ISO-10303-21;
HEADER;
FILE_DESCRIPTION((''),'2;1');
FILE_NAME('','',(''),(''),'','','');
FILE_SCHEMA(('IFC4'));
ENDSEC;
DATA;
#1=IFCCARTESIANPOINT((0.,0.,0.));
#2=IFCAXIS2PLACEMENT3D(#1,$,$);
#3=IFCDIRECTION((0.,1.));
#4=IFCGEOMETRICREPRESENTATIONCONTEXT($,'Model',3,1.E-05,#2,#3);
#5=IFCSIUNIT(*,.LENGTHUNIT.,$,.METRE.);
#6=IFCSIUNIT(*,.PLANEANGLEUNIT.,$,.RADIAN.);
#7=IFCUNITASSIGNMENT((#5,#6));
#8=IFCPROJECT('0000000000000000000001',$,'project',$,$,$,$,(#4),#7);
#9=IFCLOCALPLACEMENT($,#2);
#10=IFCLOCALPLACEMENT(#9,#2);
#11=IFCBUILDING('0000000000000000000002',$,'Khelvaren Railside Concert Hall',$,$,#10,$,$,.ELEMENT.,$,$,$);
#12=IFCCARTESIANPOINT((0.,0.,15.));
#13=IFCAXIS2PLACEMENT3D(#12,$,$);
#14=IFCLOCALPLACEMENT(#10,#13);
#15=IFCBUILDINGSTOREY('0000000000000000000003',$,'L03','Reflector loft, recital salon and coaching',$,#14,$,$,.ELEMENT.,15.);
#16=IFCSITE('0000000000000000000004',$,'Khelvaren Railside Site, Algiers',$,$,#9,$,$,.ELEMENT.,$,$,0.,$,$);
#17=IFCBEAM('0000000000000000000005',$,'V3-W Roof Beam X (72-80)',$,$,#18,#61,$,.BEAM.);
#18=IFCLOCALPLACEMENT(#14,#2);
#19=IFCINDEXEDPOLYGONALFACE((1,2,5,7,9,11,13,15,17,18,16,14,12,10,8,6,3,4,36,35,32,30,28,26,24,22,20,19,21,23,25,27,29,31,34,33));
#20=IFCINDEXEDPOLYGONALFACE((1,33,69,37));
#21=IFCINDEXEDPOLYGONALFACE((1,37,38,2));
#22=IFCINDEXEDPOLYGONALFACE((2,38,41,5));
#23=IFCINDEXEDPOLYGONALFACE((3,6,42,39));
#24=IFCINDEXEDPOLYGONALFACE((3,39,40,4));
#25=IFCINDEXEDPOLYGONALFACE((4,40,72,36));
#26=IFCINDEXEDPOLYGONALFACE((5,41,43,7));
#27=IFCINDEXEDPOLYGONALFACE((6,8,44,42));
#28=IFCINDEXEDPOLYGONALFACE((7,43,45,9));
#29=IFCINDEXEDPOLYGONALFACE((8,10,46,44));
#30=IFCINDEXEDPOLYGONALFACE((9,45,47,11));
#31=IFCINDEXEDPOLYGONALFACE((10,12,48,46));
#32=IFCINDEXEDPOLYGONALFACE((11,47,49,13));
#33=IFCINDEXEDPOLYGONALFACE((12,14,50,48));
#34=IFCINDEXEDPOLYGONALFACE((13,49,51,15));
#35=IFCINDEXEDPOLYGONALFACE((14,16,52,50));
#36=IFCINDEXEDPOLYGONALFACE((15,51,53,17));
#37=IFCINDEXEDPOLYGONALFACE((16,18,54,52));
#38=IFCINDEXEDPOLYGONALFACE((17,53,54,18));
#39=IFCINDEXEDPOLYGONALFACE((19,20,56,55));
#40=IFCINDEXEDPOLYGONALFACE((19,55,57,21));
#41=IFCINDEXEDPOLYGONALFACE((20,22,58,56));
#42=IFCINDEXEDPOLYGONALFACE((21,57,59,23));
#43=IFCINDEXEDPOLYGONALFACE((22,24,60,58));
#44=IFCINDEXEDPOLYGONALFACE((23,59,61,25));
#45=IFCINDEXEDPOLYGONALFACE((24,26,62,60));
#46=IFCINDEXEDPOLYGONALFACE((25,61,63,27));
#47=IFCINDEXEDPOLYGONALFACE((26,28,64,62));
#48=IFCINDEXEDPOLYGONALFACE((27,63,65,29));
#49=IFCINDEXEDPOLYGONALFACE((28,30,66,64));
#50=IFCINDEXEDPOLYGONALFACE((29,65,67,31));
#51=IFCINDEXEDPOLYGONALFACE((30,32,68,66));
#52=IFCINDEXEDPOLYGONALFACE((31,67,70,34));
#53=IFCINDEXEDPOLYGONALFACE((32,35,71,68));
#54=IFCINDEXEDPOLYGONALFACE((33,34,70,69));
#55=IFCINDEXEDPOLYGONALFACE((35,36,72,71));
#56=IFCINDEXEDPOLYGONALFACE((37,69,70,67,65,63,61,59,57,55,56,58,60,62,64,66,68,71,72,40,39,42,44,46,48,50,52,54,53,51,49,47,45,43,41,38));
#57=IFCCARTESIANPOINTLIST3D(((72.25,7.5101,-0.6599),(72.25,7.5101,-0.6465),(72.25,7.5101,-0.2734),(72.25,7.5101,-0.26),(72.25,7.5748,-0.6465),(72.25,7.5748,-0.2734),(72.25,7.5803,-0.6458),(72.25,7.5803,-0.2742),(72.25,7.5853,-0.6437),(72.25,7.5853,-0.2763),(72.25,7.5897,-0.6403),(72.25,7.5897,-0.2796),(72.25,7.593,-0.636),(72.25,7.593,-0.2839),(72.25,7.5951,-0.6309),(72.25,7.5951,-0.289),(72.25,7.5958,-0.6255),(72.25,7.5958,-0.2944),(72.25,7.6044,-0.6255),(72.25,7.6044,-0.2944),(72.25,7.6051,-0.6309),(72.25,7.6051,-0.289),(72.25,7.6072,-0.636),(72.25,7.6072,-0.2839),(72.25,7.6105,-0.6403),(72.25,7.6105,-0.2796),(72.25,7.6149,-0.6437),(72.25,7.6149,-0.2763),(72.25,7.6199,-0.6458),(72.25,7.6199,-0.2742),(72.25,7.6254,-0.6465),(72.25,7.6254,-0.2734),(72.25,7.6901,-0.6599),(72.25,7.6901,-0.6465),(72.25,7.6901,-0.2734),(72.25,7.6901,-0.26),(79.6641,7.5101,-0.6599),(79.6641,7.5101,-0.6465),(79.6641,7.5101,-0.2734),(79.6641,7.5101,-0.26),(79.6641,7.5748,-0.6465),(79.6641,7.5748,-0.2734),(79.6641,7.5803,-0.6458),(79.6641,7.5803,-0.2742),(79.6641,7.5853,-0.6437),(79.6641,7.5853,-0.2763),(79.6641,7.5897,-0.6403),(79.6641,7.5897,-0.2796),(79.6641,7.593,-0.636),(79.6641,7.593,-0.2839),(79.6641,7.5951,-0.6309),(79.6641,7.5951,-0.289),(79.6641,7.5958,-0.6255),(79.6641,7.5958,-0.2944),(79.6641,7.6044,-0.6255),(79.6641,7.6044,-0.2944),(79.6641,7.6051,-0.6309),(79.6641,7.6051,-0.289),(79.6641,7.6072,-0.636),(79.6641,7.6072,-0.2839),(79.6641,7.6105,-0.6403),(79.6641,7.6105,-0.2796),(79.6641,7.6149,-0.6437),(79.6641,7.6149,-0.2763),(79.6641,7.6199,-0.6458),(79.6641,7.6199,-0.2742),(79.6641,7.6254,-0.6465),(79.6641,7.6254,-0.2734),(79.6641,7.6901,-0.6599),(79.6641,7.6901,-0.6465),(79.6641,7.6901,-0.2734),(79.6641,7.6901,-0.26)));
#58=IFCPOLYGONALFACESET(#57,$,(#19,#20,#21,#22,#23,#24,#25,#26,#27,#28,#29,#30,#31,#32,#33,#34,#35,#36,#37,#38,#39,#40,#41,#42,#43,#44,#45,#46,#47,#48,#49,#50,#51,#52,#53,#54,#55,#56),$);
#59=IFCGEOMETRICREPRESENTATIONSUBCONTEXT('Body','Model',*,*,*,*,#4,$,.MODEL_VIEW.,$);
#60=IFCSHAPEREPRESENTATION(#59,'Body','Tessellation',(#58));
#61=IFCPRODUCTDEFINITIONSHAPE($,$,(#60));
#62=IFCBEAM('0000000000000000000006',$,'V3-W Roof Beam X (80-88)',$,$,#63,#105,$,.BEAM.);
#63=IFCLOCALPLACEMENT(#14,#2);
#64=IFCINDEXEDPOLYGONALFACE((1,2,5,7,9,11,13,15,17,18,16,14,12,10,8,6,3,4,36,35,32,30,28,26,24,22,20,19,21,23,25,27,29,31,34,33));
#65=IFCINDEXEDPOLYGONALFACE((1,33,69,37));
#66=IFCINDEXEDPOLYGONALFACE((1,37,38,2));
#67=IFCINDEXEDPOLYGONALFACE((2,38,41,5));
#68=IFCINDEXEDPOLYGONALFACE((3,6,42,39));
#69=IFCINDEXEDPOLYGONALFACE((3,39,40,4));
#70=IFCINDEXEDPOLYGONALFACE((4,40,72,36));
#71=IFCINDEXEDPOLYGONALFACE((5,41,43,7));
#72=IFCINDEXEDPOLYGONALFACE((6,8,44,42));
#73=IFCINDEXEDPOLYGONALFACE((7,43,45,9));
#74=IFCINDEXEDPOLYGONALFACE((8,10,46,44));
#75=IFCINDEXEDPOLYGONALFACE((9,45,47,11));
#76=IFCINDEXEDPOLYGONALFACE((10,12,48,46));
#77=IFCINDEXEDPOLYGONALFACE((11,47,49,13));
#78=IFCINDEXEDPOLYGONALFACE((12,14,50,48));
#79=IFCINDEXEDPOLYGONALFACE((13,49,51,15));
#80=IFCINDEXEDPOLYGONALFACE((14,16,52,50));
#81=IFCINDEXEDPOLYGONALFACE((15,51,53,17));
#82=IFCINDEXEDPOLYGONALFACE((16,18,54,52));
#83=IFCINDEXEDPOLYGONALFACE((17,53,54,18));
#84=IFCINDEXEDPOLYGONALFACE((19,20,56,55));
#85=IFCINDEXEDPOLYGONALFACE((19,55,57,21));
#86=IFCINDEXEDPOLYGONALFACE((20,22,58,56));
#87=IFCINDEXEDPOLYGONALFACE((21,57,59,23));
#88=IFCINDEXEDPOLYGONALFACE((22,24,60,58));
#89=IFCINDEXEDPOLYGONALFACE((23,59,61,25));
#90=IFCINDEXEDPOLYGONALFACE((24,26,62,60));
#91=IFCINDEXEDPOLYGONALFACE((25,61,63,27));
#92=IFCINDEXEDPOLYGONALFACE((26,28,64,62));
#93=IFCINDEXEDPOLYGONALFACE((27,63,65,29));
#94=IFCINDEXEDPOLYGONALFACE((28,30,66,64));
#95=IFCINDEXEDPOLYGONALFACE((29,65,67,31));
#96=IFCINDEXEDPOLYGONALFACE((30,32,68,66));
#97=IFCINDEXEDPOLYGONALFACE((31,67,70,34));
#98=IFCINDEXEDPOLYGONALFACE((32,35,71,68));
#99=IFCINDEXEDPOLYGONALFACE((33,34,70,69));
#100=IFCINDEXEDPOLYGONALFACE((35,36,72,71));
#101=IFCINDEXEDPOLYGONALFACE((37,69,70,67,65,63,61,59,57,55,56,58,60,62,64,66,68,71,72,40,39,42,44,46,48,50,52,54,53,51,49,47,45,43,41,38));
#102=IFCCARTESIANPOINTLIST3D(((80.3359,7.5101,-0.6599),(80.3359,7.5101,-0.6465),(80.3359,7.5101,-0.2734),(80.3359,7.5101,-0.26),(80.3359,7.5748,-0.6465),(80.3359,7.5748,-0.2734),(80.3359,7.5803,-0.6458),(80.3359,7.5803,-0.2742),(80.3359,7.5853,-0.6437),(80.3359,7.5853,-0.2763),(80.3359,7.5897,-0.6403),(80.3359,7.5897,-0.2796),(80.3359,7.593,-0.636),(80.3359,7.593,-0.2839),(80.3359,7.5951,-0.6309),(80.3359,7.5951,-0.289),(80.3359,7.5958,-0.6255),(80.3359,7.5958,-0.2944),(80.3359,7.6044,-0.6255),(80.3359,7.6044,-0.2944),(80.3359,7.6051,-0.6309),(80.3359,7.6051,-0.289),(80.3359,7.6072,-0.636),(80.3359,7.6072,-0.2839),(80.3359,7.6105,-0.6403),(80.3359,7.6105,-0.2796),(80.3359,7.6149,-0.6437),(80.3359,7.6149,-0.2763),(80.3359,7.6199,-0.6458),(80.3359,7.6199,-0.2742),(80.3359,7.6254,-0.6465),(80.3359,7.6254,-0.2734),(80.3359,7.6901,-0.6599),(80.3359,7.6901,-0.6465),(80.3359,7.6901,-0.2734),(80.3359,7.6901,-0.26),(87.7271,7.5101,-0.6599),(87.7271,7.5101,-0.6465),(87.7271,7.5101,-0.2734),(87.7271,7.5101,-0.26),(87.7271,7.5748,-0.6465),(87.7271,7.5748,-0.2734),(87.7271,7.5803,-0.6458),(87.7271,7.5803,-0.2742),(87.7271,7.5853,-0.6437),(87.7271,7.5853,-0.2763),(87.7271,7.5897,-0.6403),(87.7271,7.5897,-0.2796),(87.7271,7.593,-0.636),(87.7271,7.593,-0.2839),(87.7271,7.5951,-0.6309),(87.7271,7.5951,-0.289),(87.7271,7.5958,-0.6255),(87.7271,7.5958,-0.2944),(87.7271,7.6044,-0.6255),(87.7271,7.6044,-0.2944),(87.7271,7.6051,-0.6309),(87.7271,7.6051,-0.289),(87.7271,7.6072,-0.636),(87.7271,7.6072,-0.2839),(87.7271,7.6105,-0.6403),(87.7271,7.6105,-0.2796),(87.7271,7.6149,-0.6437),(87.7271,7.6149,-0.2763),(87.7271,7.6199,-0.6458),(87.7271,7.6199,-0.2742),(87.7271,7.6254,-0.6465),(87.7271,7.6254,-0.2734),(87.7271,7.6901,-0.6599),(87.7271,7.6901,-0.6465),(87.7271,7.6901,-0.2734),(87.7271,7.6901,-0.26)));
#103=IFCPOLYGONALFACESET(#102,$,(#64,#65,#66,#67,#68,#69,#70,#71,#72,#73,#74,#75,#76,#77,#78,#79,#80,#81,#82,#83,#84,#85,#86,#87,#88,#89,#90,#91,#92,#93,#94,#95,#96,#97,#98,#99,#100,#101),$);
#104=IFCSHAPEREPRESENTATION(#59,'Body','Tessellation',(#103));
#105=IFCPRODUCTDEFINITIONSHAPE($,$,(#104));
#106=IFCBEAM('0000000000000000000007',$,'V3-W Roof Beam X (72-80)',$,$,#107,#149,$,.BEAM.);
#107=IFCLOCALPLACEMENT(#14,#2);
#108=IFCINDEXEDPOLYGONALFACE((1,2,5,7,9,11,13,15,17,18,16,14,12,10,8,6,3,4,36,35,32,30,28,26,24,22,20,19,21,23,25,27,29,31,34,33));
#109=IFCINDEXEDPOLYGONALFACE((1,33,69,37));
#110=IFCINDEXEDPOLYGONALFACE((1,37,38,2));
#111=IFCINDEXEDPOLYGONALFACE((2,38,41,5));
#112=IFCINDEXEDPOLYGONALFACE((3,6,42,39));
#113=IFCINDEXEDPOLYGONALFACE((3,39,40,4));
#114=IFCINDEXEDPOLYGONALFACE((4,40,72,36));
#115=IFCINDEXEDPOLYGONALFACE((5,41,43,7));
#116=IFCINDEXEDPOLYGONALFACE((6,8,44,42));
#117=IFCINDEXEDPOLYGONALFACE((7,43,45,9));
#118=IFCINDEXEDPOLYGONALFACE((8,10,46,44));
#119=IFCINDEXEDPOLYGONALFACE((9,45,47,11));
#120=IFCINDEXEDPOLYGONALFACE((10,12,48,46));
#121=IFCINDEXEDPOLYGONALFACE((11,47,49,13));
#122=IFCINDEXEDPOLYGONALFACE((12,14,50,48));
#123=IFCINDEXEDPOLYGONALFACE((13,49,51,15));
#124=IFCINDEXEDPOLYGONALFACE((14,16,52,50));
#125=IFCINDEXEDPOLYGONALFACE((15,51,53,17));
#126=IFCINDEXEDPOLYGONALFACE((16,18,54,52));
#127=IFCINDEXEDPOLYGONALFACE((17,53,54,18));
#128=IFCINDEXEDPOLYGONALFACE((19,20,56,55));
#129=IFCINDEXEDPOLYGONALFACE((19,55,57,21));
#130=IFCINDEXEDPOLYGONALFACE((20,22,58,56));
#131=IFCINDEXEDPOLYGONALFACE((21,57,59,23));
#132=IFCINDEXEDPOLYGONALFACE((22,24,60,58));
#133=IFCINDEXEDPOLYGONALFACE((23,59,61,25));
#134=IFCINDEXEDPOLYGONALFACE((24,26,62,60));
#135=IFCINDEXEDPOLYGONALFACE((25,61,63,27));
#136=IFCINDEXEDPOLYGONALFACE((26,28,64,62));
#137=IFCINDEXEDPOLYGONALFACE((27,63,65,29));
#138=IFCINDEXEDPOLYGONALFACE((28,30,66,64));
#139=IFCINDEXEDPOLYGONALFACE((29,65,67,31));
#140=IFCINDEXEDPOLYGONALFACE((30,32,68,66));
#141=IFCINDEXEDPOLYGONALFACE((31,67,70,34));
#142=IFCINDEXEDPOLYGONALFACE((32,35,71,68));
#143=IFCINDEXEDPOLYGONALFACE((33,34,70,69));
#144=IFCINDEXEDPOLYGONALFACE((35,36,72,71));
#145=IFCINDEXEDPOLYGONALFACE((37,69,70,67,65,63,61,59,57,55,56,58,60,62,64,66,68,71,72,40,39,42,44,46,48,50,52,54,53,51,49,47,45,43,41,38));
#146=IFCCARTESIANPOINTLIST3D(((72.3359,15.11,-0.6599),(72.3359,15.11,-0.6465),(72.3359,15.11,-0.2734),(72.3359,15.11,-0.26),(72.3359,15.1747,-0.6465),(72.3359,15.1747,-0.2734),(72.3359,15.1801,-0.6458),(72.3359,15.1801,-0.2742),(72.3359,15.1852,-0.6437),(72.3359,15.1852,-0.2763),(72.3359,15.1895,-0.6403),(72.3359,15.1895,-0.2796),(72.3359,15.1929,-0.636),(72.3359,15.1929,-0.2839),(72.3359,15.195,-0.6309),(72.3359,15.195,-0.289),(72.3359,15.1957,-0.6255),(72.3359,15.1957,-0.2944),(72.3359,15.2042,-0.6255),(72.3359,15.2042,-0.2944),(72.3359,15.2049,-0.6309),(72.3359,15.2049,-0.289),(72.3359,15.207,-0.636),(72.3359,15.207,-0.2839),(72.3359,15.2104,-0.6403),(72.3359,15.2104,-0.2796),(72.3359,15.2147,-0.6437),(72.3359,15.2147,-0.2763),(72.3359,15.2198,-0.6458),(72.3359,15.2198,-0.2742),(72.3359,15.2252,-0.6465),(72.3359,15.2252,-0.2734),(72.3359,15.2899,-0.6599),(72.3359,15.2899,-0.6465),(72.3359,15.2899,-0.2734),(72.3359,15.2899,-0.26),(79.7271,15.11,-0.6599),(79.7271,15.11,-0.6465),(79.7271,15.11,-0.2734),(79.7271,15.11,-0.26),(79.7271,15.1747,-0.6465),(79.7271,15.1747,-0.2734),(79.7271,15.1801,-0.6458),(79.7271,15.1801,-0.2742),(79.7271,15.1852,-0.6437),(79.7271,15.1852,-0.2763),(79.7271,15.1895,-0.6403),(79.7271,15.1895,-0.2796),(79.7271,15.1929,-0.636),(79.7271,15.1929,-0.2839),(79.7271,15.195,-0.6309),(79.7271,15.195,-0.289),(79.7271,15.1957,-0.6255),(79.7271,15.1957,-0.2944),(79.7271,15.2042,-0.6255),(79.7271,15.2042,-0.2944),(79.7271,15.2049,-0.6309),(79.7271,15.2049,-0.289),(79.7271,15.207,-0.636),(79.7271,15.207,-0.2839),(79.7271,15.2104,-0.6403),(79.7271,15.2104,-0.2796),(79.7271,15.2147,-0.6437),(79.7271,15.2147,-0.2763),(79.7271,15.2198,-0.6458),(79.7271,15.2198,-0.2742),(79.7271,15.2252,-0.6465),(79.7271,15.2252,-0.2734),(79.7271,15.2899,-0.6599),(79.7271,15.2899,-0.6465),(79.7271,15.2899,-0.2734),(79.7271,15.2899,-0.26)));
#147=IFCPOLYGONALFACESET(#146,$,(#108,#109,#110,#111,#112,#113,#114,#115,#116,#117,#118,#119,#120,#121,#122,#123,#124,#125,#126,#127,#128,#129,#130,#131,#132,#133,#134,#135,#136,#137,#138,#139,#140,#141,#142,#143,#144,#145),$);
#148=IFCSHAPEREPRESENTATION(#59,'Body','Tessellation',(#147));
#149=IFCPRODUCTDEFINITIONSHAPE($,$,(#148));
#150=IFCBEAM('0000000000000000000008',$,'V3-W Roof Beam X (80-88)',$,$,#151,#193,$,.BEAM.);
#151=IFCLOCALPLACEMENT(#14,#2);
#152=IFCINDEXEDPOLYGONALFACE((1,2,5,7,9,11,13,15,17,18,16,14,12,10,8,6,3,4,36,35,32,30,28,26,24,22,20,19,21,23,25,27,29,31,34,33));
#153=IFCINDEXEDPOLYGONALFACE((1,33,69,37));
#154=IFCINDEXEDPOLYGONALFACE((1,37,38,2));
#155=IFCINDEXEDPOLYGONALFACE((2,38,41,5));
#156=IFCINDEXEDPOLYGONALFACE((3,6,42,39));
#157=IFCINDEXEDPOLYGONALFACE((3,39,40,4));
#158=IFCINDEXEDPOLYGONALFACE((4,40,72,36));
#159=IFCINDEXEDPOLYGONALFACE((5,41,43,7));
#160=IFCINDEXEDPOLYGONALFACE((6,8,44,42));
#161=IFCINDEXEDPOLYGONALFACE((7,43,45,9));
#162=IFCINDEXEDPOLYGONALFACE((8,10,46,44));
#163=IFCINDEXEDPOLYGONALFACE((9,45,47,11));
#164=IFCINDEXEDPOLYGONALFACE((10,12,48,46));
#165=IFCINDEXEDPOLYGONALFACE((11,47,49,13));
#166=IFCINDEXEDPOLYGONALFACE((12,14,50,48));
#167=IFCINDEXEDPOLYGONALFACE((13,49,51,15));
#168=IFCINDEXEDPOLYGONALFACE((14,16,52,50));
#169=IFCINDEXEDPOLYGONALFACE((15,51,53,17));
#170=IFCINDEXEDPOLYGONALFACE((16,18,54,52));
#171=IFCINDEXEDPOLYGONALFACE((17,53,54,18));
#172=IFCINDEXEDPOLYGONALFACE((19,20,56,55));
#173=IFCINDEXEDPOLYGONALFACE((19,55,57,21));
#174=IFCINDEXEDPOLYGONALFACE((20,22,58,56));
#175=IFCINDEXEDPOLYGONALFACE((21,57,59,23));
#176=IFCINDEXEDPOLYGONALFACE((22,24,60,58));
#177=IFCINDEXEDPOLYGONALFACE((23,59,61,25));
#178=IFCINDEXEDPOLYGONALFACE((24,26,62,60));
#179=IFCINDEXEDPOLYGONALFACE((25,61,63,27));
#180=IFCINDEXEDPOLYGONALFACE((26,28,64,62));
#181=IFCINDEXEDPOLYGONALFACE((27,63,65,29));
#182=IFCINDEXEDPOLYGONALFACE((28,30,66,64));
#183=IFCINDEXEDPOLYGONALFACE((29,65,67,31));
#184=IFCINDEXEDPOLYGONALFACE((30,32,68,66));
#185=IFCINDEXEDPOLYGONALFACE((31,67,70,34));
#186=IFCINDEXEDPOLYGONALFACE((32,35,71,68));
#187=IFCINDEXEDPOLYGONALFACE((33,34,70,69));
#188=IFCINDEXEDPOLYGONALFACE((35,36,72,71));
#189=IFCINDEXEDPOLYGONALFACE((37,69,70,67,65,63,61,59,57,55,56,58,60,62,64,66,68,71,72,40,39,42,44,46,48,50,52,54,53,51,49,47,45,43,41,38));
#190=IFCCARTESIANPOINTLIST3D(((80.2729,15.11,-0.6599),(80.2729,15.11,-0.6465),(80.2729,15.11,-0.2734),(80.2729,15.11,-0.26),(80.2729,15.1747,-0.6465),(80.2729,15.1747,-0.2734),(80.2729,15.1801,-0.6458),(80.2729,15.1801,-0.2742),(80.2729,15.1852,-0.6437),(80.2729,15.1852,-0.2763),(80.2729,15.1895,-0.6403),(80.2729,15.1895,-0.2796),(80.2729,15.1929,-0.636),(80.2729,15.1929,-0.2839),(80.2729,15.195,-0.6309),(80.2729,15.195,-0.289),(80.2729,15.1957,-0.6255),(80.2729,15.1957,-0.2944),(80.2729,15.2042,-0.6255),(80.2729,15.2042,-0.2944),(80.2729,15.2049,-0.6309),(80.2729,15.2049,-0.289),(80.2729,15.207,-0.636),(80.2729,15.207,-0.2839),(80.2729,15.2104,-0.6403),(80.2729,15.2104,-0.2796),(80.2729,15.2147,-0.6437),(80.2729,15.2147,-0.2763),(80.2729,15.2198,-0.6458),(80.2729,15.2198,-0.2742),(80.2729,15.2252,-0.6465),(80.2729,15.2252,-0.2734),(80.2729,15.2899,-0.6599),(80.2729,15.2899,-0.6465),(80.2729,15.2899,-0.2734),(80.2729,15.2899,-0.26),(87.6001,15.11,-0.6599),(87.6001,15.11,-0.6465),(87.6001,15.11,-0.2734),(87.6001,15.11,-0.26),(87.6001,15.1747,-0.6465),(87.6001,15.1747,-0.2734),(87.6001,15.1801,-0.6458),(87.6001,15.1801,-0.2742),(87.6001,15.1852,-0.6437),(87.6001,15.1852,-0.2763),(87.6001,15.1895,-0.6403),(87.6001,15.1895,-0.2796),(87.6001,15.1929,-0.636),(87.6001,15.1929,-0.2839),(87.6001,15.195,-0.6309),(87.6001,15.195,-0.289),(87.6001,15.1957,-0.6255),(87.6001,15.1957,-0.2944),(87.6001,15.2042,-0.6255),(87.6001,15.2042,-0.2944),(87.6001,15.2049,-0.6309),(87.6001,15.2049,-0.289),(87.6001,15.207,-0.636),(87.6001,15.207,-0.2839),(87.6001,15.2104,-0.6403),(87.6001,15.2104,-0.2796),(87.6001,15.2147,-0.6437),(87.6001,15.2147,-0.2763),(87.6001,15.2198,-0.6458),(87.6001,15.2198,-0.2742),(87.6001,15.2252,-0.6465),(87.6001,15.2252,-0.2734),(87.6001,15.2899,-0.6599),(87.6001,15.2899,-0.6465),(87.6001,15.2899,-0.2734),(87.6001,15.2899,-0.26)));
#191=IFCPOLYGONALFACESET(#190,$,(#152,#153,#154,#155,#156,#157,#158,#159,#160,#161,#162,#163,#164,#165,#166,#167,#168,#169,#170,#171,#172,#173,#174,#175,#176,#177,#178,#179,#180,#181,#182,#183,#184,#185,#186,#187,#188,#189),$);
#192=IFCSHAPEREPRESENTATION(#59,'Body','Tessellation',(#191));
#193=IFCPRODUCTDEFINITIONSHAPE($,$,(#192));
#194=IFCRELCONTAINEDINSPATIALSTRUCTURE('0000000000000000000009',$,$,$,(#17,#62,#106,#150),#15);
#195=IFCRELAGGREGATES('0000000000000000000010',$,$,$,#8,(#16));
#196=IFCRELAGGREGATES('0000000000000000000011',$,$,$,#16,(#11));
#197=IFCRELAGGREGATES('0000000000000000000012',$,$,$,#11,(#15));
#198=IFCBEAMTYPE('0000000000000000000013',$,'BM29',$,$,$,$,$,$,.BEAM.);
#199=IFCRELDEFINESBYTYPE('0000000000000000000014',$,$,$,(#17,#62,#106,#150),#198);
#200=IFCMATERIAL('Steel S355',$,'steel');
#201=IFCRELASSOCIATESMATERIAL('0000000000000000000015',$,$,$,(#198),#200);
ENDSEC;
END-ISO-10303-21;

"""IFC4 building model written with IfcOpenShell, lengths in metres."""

from ifc_helpers import new_model, si_unit, direction, frame, origin, origin_2d, place, context, subcontext, project, spatial, i_section, extrude, material, material_profile, profile_set, type_object, element, save


model = new_model("IFC4")

# Units and contexts
model_context = context("Model", 3, precision=1e-05, world=origin(), true_north=direction((0.0, 1.0)))
body_context = subcontext(model_context, "Body", "Model", "MODEL_VIEW")
ifc_project = project(units=[si_unit("LENGTHUNIT", "METRE"), si_unit("PLANEANGLEUNIT", "RADIAN")], contexts=[model_context])

# Site, building, storey
site_placement = place(None, origin())
site = spatial("IfcSite", under=ifc_project, at=site_placement, Name="Khelvaren Railside Site, Algiers", CompositionType="ELEMENT", RefElevation=0.0)
building_placement = place(site_placement, origin())
building = spatial("IfcBuilding", under=site, at=building_placement, Name="Khelvaren Railside Concert Hall", CompositionType="ELEMENT")
storey_placement = place(building_placement, frame((0.0, 0.0, 15.0)))
storey = spatial("IfcBuildingStorey", under=building, at=storey_placement, Name="L03", Description="Reflector loft, recital salon and coaching", CompositionType="ELEMENT", Elevation=15.0)

# Beams
ifc_material_1 = material(Name="Steel S355", Category="steel")
ifc_material_profile_1 = material_profile(ifc_material_1, i_section(OverallWidth=0.1799, OverallDepth=0.3999, WebThickness=0.0085, FlangeThickness=0.0134, FilletRadius=0.021, at=origin_2d()), Name="IPE 400")
ifc_profile_set_1 = profile_set([ifc_material_profile_1], Name="Steel S355")
beam_type_1 = type_object("IfcBeamType", Name="BM29", PredefinedType="BEAM", material=ifc_profile_set_1)
beam_1_placement = place(storey_placement, frame((72.25, 7.6001, -0.46), z_axis=(1.0, 0.0, 0.0), x_axis=(0.0, 1.0, 0.0)))
element("IfcBeam", 1, at=beam_1_placement, inside=storey, type_object=beam_type_1, Name="V3-W Roof Beam X (72-80)", PredefinedType="BEAM", context=body_context, shape_type="SweptSolid", body=[
    extrude(i_section(OverallWidth=0.1799, OverallDepth=0.3999, WebThickness=0.0085, FlangeThickness=0.0134, FilletRadius=0.021, at=origin_2d()), origin(), (0.0, 0.0, 1.0), 7.4141),
])
for number, where, z_axis, x_axis, name in (
    (2, (80.3359, 7.6001, -0.46), (1.0, 0.0, 0.0), (0.0, 1.0, 0.0), "V3-W Roof Beam X (80-88)"),
    (3, (72.3359, 15.2, -0.46), (1.0, 0.0, 0.0), (0.0, 1.0, 0.0), "V3-W Roof Beam X (72-80)"),
):
    element("IfcBeam", number, at=place(storey_placement, frame(where, z_axis=z_axis, x_axis=x_axis)), inside=storey, type_object=beam_type_1, Name=name, PredefinedType="BEAM", context=body_context, shape_type="SweptSolid", body=[
        extrude(i_section(OverallWidth=0.1799, OverallDepth=0.3999, WebThickness=0.0085, FlangeThickness=0.0134, FilletRadius=0.021, at=origin_2d()), origin(), (0.0, 0.0, 1.0), 7.3911),
    ])
beam_2_placement = place(storey_placement, frame((80.2729, 15.2, -0.46), z_axis=(1.0, 0.0, 0.0), x_axis=(0.0, 1.0, 0.0)))
element("IfcBeam", 4, at=beam_2_placement, inside=storey, type_object=beam_type_1, Name="V3-W Roof Beam X (80-88)", PredefinedType="BEAM", context=body_context, shape_type="SweptSolid", body=[
    extrude(i_section(OverallWidth=0.1799, OverallDepth=0.3999, WebThickness=0.0085, FlangeThickness=0.0134, FilletRadius=0.021, at=origin_2d()), origin(), (0.0, 0.0, 1.0), 7.3271),
])

save(model, "model.ifc")
